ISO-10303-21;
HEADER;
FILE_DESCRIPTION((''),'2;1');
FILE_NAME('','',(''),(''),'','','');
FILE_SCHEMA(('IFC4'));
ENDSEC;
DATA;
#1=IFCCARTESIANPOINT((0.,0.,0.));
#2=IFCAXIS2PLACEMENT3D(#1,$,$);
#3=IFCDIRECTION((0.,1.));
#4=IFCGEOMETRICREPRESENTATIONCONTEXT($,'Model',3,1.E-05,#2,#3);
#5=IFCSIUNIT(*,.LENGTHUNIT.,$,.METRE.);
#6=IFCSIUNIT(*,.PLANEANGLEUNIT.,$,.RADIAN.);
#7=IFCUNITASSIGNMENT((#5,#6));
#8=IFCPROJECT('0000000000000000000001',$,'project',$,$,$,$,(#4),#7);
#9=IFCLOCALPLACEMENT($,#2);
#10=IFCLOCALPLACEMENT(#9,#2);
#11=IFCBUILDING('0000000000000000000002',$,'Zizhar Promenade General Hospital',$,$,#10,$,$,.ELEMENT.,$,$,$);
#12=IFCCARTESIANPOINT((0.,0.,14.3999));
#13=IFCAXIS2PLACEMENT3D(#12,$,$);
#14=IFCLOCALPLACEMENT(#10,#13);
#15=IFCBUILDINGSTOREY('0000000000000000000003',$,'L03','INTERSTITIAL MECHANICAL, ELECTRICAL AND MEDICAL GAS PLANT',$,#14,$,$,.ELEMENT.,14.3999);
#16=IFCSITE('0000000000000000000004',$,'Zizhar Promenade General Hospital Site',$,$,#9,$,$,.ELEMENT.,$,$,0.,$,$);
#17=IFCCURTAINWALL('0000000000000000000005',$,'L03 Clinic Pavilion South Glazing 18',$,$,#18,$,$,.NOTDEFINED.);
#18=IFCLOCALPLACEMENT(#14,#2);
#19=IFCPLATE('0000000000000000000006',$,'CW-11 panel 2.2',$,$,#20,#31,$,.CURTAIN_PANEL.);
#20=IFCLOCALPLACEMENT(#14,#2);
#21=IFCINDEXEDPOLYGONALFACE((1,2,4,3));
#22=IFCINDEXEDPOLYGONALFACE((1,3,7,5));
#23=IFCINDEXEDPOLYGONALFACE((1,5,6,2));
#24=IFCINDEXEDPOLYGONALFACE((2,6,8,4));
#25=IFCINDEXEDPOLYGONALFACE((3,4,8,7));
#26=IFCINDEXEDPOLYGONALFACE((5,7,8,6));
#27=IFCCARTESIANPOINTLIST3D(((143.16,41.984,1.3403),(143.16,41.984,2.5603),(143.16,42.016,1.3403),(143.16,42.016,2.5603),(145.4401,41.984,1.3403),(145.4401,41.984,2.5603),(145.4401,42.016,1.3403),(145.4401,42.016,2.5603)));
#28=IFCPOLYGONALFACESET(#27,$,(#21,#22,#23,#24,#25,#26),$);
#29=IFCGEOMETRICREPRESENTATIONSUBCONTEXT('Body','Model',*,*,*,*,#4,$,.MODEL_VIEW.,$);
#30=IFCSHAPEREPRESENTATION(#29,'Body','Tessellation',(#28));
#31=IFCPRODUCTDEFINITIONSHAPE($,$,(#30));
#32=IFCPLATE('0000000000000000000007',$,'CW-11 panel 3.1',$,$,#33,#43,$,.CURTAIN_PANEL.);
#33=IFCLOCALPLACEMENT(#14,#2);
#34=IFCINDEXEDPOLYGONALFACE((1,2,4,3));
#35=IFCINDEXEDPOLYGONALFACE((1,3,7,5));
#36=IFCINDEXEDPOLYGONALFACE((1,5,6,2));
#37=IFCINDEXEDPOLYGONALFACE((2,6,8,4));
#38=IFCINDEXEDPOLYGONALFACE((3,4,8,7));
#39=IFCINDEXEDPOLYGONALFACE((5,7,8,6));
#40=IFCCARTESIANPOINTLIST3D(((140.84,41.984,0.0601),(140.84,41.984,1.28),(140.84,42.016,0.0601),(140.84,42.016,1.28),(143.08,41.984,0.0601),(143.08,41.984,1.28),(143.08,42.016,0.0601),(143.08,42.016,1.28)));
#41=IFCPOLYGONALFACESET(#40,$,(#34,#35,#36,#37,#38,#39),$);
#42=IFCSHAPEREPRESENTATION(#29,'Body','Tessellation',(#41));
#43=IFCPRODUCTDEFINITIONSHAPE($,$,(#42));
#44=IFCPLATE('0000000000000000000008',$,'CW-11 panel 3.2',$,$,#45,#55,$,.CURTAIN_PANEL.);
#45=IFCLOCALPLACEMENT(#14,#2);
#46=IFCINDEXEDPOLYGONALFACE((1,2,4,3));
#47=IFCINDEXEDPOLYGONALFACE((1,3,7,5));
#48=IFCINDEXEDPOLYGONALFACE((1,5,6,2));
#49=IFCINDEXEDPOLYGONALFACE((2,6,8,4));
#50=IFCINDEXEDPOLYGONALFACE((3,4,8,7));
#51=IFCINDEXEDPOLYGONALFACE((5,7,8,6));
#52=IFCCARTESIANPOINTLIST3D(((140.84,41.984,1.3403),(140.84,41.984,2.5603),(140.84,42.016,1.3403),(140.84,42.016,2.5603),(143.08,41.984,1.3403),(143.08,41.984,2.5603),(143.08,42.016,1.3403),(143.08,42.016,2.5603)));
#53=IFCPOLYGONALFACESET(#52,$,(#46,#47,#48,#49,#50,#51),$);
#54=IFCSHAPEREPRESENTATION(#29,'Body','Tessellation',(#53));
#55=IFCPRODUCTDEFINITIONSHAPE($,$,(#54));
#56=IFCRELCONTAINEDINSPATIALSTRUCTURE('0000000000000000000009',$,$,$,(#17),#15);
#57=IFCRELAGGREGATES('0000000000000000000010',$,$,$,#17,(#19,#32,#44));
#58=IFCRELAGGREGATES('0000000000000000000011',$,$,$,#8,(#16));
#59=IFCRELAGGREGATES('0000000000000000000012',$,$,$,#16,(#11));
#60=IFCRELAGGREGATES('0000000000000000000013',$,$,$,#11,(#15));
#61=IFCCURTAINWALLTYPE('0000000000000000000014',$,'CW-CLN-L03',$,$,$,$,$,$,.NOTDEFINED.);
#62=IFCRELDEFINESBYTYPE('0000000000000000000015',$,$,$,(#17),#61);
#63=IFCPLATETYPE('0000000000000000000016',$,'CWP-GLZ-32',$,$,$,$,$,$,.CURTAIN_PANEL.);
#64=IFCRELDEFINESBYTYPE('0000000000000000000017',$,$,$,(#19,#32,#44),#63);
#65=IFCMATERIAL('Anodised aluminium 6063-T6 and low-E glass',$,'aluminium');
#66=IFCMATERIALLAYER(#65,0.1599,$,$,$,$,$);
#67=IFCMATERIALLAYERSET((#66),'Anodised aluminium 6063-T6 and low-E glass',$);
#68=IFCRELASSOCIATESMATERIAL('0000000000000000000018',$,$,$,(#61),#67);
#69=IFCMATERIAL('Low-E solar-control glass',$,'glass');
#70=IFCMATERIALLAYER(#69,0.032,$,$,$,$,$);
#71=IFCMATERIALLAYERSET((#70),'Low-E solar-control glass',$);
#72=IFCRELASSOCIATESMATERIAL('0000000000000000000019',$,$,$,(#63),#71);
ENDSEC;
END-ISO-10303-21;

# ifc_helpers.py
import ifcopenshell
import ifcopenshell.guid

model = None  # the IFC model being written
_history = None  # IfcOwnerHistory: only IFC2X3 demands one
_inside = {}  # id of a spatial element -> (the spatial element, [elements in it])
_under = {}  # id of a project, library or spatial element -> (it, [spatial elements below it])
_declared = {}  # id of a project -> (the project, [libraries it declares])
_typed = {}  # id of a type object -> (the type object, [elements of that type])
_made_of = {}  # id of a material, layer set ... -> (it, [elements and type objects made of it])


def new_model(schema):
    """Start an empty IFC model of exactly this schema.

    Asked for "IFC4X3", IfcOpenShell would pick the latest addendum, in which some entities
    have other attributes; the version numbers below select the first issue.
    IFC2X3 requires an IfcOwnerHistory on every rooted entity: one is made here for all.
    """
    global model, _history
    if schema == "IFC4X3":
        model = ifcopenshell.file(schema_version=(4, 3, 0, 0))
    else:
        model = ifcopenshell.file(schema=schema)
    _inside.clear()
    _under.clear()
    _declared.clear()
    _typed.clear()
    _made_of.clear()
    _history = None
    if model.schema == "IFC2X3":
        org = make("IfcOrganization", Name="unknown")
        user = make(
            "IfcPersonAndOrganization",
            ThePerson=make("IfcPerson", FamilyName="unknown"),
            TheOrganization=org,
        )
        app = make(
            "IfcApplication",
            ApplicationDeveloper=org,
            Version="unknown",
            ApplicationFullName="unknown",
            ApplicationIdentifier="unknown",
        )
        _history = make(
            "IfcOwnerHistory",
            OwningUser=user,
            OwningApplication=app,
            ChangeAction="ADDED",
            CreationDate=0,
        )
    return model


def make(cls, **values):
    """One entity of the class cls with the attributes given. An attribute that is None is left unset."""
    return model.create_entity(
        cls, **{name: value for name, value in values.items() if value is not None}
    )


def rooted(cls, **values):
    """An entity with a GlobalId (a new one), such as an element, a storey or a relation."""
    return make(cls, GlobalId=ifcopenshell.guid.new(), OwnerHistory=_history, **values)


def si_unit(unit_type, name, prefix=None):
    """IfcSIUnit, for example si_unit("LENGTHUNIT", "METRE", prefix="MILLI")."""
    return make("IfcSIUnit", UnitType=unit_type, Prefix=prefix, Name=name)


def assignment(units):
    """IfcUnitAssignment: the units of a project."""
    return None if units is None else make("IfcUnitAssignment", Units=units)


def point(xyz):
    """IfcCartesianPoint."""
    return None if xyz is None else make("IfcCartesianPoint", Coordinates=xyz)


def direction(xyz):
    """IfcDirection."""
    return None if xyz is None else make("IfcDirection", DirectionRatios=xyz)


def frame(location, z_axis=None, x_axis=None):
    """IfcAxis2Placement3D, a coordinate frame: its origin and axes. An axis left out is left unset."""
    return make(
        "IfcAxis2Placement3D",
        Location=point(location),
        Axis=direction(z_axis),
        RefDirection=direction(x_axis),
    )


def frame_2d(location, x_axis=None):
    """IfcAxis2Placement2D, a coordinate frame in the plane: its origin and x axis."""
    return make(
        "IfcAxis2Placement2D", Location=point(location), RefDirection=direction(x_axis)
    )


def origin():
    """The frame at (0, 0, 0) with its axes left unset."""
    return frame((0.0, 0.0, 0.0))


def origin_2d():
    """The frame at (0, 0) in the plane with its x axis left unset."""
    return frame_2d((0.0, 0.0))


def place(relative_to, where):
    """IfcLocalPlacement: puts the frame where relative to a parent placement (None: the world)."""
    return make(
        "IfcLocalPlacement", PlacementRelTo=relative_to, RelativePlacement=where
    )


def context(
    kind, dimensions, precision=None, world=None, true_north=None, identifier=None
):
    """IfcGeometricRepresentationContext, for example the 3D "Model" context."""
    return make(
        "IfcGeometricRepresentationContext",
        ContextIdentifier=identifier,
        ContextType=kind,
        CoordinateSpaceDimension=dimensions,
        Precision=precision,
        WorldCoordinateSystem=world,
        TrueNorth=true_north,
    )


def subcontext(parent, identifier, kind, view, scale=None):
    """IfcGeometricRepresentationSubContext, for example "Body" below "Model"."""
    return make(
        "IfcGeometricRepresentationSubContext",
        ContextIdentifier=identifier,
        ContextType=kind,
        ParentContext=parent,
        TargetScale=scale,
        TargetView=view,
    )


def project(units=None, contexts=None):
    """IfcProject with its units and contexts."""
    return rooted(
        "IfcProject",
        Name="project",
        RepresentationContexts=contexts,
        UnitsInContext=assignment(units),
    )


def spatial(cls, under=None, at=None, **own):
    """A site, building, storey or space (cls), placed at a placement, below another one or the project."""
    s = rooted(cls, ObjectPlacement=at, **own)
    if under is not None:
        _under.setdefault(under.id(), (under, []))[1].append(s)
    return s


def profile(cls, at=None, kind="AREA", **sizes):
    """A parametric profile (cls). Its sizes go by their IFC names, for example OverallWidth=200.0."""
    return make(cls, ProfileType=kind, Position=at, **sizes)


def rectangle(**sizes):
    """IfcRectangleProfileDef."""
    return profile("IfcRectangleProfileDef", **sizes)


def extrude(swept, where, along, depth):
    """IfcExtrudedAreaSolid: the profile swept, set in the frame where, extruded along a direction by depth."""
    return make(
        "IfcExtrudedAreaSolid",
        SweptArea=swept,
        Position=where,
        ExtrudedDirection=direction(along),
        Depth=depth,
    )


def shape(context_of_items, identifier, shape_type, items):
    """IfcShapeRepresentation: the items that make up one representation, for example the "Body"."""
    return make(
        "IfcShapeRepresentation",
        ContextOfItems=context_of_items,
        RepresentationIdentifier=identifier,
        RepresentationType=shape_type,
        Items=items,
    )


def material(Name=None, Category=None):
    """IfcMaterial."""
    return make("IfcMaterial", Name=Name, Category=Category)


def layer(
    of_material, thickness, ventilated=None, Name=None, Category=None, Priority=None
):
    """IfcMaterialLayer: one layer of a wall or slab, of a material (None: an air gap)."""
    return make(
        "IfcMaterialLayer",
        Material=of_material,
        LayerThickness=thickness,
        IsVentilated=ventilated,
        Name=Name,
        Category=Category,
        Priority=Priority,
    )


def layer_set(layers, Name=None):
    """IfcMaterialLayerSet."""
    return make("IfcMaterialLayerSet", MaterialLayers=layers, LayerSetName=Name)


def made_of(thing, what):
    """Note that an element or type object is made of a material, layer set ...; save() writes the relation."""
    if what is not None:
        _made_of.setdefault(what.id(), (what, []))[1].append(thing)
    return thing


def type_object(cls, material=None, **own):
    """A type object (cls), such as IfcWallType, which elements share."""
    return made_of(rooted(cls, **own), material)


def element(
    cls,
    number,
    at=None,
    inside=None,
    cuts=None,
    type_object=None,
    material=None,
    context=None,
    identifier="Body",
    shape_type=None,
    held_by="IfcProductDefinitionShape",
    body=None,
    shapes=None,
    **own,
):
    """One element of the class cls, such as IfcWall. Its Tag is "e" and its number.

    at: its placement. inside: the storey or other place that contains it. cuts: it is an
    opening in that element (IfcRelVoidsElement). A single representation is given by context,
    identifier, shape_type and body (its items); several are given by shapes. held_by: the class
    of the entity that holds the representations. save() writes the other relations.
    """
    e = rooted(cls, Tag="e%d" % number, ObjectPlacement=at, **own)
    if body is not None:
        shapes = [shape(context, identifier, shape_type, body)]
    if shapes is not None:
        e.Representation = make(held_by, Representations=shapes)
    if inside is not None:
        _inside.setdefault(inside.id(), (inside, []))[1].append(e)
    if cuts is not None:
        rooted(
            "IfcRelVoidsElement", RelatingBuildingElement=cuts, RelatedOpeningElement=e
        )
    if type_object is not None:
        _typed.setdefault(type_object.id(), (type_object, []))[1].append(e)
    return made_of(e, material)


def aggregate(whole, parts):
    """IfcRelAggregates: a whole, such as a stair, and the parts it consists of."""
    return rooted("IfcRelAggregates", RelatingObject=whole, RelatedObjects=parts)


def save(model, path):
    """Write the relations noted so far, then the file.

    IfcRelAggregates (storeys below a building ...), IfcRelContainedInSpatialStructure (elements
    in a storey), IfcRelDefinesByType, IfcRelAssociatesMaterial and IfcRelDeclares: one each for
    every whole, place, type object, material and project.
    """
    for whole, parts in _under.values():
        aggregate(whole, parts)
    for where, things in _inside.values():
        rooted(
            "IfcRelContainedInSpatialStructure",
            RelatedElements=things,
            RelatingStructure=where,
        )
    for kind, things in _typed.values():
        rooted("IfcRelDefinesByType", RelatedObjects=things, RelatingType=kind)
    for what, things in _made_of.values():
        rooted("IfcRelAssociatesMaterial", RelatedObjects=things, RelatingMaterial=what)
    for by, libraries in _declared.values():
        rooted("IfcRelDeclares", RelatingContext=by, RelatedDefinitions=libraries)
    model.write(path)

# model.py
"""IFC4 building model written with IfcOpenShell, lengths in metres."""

from ifc_helpers import new_model, si_unit, direction, frame, origin, origin_2d, place, context, subcontext, project, spatial, rectangle, extrude, material, layer, layer_set, type_object, element, aggregate, save


model = new_model("IFC4")

# Units and contexts
model_context = context("Model", 3, precision=1e-05, world=origin(), true_north=direction((0.0, 1.0)))
body_context = subcontext(model_context, "Body", "Model", "MODEL_VIEW")
ifc_project = project(units=[si_unit("LENGTHUNIT", "METRE"), si_unit("PLANEANGLEUNIT", "RADIAN")], contexts=[model_context])

# Site, building, storey
site_placement = place(None, origin())
site = spatial("IfcSite", under=ifc_project, at=site_placement, Name="Zizhar Promenade General Hospital Site", CompositionType="ELEMENT", RefElevation=0.0)
building_placement = place(site_placement, origin())
building = spatial("IfcBuilding", under=site, at=building_placement, Name="Zizhar Promenade General Hospital", CompositionType="ELEMENT")
storey_placement = place(building_placement, frame((0.0, 0.0, 14.3999)))
storey = spatial("IfcBuildingStorey", under=building, at=storey_placement, Name="L03", Description="INTERSTITIAL MECHANICAL, ELECTRICAL AND MEDICAL GAS PLANT", CompositionType="ELEMENT", Elevation=14.3999)

# Curtain wall
ifc_material_1 = material(Name="Anodised aluminium 6063-T6 and low-E glass", Category="aluminium")
ifc_layer_1 = layer(ifc_material_1, 0.1599)
ifc_layer_set_1 = layer_set([ifc_layer_1], Name="Anodised aluminium 6063-T6 and low-E glass")
curtain_wall_type = type_object("IfcCurtainWallType", Name="CW-CLN-L03", PredefinedType="NOTDEFINED", material=ifc_layer_set_1)
curtain_wall_1_placement = place(storey_placement, origin())
curtain_wall_1 = element("IfcCurtainWall", 1, at=curtain_wall_1_placement, inside=storey, type_object=curtain_wall_type, Name="L03 Clinic Pavilion South Glazing 18", PredefinedType="NOTDEFINED")

# Plates
ifc_material_2 = material(Name="Low-E solar-control glass", Category="glass")
ifc_layer_2 = layer(ifc_material_2, 0.032)
ifc_layer_set_2 = layer_set([ifc_layer_2], Name="Low-E solar-control glass")
plate_type = type_object("IfcPlateType", Name="CWP-GLZ-32", PredefinedType="CURTAIN_PANEL", material=ifc_layer_set_2)
plate_1_placement = place(storey_placement, frame((144.3, 42.0, 1.3403), z_axis=(0.0, 0.0, 1.0), x_axis=(-1.0, 0.0, 0.0)))
plate_1 = element("IfcPlate", 2, at=plate_1_placement, type_object=plate_type, Name="CW-11 panel 2.2", PredefinedType="CURTAIN_PANEL", context=body_context, shape_type="SweptSolid", body=[
    extrude(rectangle(XDim=2.28, YDim=0.032, at=origin_2d()), origin(), (0.0, 0.0, 1.0), 1.22),
])
plate_2_placement = place(storey_placement, frame((141.96, 42.0, 0.0601), z_axis=(0.0, 0.0, 1.0), x_axis=(-1.0, 0.0, 0.0)))
plate_2 = element("IfcPlate", 3, at=plate_2_placement, type_object=plate_type, Name="CW-11 panel 3.1", PredefinedType="CURTAIN_PANEL", context=body_context, shape_type="SweptSolid", body=[
    extrude(rectangle(XDim=2.24, YDim=0.032, at=origin_2d()), origin(), (0.0, 0.0, 1.0), 1.22),
])
plate_3_placement = place(storey_placement, frame((141.96, 42.0, 1.3403), z_axis=(0.0, 0.0, 1.0), x_axis=(-1.0, 0.0, 0.0)))
plate_3 = element("IfcPlate", 4, at=plate_3_placement, type_object=plate_type, Name="CW-11 panel 3.2", PredefinedType="CURTAIN_PANEL", context=body_context, shape_type="SweptSolid", body=[
    extrude(rectangle(XDim=2.24, YDim=0.032, at=origin_2d()), origin(), (0.0, 0.0, 1.0), 1.22),
])
aggregate(curtain_wall_1, [plate_1, plate_2, plate_3])

save(model, "model.ifc")
